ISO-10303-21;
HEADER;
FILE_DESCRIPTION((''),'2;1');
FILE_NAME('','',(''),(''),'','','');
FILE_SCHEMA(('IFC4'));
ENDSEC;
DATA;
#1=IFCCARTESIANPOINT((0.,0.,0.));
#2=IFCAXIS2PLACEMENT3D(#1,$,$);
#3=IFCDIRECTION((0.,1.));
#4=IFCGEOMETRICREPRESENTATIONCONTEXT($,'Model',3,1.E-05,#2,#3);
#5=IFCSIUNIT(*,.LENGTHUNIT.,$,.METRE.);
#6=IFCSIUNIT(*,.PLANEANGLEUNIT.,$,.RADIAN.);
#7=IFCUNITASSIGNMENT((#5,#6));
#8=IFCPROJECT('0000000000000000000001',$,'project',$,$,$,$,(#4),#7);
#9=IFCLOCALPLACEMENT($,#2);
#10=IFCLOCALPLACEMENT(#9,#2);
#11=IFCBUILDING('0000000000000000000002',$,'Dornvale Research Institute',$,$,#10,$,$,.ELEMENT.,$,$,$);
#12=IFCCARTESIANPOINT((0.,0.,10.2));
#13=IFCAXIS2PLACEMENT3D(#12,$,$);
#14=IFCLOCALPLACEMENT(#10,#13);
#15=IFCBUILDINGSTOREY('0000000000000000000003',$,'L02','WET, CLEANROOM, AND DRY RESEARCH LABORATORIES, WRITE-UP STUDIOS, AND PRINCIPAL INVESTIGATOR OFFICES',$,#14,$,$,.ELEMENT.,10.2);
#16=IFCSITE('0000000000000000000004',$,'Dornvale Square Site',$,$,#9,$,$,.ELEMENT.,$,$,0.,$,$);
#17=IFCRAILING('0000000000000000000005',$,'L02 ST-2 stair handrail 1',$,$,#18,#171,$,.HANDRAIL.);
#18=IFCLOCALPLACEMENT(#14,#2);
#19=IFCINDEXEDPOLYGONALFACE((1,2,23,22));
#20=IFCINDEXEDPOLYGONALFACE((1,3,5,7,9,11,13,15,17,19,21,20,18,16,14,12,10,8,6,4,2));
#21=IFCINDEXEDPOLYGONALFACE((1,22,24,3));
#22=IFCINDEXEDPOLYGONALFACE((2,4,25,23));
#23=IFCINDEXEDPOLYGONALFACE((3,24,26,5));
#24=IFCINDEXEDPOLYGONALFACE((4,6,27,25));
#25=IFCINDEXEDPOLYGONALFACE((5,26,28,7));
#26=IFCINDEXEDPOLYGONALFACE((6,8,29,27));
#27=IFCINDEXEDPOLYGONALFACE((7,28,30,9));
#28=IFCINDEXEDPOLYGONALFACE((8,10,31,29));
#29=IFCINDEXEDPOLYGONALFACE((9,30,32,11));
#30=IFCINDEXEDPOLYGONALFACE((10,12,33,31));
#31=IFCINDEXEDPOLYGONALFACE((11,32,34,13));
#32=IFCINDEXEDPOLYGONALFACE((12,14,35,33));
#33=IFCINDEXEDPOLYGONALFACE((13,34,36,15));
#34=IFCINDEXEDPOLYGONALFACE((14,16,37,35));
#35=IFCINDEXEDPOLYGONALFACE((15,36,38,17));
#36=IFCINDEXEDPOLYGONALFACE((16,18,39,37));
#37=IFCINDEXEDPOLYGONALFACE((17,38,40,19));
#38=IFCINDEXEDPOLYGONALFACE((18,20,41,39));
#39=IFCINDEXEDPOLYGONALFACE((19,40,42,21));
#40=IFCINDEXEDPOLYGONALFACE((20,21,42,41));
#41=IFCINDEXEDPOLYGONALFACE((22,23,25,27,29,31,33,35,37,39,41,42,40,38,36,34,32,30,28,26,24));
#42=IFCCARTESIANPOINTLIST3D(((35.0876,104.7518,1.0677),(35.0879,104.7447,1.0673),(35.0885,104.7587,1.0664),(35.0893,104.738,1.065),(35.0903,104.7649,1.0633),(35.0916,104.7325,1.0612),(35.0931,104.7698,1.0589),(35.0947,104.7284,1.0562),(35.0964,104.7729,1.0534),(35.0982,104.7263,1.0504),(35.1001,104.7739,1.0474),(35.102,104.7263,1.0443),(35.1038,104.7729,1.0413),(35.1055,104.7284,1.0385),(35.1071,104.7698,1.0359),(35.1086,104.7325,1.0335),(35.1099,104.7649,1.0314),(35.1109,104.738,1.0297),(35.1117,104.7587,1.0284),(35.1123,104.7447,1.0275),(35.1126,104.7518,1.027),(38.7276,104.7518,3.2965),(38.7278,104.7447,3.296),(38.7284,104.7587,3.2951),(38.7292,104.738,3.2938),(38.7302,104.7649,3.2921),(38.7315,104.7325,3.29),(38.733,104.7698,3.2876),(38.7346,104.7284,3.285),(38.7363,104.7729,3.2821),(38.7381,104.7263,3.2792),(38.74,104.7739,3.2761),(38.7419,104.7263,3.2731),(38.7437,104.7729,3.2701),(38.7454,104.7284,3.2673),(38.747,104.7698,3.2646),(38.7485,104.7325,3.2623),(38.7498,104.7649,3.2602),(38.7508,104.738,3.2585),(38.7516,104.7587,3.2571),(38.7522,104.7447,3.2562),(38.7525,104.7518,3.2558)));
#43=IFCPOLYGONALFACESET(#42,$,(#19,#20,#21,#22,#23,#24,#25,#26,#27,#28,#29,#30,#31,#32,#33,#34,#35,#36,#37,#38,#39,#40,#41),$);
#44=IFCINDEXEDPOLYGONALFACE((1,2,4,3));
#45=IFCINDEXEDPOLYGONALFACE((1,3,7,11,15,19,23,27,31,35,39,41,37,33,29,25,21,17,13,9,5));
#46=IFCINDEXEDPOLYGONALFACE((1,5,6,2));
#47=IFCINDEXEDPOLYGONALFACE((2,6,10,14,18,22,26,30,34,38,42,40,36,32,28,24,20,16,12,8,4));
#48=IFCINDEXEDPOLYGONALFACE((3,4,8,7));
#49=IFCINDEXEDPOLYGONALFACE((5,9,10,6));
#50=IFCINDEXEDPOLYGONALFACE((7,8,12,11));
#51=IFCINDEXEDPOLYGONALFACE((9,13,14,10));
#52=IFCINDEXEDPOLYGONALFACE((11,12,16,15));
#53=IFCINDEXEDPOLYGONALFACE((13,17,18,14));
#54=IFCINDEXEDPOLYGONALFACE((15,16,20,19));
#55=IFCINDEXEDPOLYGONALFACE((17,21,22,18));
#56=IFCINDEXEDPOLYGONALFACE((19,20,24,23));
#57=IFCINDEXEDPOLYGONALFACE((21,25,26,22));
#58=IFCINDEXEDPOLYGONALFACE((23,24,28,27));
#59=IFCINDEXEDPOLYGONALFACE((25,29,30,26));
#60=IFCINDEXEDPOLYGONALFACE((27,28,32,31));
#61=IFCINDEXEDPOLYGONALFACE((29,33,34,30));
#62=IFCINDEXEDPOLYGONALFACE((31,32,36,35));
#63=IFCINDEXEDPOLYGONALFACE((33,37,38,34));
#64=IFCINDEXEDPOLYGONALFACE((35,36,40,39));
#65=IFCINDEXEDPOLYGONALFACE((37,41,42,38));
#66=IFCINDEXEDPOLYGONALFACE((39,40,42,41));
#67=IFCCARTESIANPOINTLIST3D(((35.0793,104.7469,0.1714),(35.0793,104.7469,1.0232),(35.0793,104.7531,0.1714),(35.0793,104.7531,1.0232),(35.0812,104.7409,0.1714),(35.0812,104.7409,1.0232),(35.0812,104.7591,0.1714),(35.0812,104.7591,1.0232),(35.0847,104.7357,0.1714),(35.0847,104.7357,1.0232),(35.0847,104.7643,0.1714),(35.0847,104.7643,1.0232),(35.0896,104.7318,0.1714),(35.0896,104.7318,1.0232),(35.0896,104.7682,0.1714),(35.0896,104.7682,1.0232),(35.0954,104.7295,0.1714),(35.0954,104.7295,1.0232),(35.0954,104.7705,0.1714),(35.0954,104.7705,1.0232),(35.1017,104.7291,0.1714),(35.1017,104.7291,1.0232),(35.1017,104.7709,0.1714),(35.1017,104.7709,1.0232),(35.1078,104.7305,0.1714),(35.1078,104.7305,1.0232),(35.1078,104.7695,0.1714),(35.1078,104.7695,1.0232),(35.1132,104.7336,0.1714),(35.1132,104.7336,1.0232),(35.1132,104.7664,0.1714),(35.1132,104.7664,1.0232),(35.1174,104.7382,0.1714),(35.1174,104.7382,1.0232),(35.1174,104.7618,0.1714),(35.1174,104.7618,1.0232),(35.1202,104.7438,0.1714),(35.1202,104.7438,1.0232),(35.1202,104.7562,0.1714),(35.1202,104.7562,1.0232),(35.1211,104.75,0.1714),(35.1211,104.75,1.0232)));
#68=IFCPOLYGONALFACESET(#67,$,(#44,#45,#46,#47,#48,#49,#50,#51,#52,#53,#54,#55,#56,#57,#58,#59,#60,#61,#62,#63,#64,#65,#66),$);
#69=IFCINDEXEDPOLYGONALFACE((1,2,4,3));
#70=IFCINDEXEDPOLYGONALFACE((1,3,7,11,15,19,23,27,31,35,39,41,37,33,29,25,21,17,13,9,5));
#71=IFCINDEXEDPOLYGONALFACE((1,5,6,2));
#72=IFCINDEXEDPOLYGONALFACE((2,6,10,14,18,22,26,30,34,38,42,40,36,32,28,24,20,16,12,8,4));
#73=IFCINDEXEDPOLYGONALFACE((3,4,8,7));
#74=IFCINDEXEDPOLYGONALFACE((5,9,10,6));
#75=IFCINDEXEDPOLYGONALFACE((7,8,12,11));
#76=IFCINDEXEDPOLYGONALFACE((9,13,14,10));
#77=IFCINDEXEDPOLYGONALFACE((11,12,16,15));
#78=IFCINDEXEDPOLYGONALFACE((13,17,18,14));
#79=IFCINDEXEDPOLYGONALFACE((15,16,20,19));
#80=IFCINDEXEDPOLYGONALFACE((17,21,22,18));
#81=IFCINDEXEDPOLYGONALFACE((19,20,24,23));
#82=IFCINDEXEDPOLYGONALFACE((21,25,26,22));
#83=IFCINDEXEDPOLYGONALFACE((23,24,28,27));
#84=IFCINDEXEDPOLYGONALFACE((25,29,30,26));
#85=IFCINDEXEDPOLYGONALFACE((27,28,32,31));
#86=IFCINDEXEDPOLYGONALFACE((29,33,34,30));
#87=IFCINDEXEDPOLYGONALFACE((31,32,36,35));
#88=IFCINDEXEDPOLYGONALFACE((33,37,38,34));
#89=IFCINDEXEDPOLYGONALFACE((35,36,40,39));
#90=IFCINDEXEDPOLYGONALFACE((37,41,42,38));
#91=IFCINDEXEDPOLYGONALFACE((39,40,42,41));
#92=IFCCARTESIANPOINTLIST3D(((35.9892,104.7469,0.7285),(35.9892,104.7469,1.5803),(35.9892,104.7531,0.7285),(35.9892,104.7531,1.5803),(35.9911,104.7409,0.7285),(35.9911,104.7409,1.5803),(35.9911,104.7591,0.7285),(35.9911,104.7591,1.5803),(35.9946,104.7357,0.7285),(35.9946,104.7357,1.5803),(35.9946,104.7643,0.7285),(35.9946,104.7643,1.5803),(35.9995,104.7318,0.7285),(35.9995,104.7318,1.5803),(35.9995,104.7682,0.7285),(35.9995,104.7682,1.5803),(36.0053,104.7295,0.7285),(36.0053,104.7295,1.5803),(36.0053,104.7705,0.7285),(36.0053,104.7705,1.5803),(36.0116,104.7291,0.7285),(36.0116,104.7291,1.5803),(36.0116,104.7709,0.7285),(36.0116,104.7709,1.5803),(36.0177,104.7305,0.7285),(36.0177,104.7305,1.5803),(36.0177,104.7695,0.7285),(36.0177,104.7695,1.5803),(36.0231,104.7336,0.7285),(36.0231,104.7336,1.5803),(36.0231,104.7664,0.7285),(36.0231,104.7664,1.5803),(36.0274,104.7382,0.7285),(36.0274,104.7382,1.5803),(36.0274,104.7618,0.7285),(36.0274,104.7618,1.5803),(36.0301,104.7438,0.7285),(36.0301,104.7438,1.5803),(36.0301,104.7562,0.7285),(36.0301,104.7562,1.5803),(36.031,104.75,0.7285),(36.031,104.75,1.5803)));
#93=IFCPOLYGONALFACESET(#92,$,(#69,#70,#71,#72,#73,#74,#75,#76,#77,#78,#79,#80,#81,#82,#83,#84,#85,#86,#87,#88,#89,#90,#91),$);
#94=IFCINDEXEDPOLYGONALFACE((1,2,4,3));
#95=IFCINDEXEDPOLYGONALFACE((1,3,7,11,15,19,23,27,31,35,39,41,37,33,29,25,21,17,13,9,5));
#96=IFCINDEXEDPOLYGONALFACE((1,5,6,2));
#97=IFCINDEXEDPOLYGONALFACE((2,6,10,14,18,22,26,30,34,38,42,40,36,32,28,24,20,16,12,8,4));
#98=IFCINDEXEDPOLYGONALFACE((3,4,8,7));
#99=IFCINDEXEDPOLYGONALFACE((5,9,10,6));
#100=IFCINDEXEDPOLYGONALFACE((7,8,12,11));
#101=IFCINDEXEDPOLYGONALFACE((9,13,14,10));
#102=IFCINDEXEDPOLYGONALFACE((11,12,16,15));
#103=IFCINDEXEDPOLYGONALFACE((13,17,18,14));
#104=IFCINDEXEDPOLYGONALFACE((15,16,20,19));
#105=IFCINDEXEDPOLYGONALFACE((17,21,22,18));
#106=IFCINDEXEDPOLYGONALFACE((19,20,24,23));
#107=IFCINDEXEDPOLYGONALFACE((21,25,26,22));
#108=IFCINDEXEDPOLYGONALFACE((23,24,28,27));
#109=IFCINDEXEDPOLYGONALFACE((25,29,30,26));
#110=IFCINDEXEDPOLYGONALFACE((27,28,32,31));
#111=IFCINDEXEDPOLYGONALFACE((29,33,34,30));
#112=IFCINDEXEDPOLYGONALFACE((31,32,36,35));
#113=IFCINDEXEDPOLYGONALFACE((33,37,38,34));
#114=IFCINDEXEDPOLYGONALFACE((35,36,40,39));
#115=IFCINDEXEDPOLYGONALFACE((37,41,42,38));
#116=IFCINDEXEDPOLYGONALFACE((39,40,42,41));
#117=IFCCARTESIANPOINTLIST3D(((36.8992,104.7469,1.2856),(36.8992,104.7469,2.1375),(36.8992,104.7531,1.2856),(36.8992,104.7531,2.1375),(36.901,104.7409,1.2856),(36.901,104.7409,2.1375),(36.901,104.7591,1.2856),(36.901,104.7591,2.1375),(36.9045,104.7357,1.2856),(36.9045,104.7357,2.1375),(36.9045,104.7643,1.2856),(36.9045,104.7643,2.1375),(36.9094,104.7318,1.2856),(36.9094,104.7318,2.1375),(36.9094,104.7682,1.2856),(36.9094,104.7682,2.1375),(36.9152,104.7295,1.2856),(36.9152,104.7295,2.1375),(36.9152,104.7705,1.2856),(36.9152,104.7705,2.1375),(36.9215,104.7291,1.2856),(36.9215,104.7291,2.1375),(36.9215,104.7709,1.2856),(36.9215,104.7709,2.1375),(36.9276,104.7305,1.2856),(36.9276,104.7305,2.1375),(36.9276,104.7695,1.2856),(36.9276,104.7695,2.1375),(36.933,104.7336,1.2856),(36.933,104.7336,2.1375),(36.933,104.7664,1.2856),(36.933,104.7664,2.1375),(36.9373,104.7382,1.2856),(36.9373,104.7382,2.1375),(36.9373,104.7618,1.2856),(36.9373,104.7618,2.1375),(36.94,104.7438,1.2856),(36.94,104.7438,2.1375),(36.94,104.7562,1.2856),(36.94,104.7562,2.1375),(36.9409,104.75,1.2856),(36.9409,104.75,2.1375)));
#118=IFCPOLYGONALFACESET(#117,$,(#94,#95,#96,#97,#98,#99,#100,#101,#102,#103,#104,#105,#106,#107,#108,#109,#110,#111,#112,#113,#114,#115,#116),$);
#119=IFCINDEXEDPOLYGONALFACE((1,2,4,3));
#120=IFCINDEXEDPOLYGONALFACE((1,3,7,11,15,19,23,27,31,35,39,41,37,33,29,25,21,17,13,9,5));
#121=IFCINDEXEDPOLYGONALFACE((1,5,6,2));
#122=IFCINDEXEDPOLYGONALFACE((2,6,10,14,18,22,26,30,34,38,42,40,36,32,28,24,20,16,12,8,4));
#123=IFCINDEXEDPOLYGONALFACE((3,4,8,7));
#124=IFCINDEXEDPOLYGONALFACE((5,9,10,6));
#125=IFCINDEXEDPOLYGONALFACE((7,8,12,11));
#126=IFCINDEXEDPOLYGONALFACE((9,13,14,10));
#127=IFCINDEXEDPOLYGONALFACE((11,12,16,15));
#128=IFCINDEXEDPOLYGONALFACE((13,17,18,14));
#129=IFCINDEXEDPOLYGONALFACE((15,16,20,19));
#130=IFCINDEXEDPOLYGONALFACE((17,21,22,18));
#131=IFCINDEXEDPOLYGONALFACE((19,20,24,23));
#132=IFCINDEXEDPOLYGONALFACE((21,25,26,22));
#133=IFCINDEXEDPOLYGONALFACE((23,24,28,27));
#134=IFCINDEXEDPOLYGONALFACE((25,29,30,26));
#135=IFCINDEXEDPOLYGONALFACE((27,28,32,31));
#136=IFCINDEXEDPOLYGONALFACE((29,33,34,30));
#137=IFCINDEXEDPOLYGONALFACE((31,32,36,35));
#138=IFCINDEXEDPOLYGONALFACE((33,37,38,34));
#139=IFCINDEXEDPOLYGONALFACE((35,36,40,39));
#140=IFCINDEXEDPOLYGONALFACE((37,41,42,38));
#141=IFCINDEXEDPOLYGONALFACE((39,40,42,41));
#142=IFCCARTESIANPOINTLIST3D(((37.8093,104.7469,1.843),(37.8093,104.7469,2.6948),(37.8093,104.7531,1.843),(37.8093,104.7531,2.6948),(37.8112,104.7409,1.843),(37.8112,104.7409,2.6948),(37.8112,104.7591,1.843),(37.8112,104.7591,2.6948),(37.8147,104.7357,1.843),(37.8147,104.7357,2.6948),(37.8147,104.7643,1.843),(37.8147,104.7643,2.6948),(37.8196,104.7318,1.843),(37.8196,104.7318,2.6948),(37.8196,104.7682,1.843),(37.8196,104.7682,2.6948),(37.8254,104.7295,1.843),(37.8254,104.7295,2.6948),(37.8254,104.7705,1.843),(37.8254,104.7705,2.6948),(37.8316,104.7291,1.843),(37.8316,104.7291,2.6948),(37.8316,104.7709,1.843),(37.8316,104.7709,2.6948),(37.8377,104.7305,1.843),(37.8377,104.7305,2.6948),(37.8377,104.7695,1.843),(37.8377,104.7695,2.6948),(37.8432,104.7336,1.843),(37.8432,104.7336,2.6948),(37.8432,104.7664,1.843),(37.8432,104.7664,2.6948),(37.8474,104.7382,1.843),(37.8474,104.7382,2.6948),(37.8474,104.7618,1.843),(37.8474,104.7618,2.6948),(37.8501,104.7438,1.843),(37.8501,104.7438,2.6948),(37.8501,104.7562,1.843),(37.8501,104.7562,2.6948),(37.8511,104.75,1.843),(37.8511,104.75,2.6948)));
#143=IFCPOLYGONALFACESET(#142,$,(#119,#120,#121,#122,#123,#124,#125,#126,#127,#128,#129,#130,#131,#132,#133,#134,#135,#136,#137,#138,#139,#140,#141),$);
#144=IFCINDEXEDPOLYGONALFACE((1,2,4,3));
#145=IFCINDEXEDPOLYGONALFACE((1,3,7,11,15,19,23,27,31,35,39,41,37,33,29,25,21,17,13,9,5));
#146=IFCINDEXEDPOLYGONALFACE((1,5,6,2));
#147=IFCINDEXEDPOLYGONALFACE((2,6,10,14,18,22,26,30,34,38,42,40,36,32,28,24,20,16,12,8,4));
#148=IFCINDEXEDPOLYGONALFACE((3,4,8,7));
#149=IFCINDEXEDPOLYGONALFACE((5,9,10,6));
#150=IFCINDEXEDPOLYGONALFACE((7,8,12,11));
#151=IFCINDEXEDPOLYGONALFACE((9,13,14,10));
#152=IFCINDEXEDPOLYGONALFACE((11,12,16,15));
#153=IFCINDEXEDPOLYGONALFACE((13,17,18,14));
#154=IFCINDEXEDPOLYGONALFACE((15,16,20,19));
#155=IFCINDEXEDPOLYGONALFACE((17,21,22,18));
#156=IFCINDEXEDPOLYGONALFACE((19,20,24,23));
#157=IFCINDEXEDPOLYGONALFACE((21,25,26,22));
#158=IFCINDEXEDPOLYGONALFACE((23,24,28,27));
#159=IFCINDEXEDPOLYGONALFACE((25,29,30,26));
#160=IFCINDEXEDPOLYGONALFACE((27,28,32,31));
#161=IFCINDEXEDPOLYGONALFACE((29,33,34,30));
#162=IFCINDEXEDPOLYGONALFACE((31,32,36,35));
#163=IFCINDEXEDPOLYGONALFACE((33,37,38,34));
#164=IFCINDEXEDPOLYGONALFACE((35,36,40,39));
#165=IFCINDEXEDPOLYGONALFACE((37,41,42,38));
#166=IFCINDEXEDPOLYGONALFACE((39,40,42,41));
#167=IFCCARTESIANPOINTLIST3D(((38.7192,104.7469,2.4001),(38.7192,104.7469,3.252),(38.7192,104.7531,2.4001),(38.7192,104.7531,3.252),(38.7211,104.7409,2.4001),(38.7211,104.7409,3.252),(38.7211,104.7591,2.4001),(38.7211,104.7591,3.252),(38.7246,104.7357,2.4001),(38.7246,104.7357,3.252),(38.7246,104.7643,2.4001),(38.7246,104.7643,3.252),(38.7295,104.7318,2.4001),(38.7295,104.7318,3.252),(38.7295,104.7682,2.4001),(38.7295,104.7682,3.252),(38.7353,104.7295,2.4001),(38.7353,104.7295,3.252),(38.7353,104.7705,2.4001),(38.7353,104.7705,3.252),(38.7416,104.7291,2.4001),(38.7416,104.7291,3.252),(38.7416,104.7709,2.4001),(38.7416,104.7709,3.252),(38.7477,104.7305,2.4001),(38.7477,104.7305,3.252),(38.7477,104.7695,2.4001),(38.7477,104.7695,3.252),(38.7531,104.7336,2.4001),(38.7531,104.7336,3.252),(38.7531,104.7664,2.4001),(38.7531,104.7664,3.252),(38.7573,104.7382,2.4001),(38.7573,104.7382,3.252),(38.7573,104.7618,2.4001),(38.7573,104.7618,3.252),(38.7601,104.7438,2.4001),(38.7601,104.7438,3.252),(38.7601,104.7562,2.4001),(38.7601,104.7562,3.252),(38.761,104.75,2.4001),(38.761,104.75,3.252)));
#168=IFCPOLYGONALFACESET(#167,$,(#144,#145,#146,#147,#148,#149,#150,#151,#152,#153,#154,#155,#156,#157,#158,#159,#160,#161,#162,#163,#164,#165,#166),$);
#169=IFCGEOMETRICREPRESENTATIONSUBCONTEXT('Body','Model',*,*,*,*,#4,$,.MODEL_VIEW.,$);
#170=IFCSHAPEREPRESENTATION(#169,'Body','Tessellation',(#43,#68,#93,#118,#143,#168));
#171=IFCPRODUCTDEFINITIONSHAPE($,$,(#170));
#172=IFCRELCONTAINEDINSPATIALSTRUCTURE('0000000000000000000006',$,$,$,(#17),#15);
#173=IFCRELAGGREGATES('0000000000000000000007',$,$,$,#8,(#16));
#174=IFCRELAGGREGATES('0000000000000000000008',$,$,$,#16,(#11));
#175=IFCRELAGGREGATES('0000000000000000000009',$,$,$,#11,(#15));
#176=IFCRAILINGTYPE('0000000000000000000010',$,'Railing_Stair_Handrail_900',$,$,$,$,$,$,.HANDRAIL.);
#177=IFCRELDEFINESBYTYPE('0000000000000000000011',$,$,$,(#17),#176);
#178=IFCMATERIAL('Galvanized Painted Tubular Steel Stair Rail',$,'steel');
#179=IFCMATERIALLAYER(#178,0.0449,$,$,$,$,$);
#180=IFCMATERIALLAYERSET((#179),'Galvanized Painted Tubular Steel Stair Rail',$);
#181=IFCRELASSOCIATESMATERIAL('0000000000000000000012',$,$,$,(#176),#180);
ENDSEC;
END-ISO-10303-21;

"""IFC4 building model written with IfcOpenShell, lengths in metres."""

from ifc_helpers import new_model, si_unit, direction, frame, origin, origin_2d, place, context, subcontext, project, spatial, circle, extrude, material, layer, layer_set, type_object, element, save


model = new_model("IFC4")

# Units and contexts
model_context = context("Model", 3, precision=1e-05, world=origin(), true_north=direction((0.0, 1.0)))
body_context = subcontext(model_context, "Body", "Model", "MODEL_VIEW")
ifc_project = project(units=[si_unit("LENGTHUNIT", "METRE"), si_unit("PLANEANGLEUNIT", "RADIAN")], contexts=[model_context])

# Site, building, storey
site_placement = place(None, origin())
site = spatial("IfcSite", under=ifc_project, at=site_placement, Name="Dornvale Square Site", CompositionType="ELEMENT", RefElevation=0.0)
building_placement = place(site_placement, origin())
building = spatial("IfcBuilding", under=site, at=building_placement, Name="Dornvale Research Institute", CompositionType="ELEMENT")
storey_placement = place(building_placement, frame((0.0, 0.0, 10.2)))
storey = spatial("IfcBuildingStorey", under=building, at=storey_placement, Name="L02", Description="WET, CLEANROOM, AND DRY RESEARCH LABORATORIES, WRITE-UP STUDIOS, AND PRINCIPAL INVESTIGATOR OFFICES", CompositionType="ELEMENT", Elevation=10.2)

# Railing
ifc_material_1 = material(Name="Galvanized Painted Tubular Steel Stair Rail", Category="steel")
ifc_layer_1 = layer(ifc_material_1, 0.0449)
ifc_layer_set_1 = layer_set([ifc_layer_1], Name="Galvanized Painted Tubular Steel Stair Rail")
railing_type_1 = type_object("IfcRailingType", Name="Railing_Stair_Handrail_900", PredefinedType="HANDRAIL", material=ifc_layer_set_1)
railing_1_placement = place(storey_placement, frame((35.1001, 104.75, 0.1714)))
element("IfcRailing", 1, at=railing_1_placement, inside=storey, type_object=railing_type_1, Name="L02 ST-2 stair handrail 1", PredefinedType="HANDRAIL", context=body_context, shape_type="SweptSolid", body=[
    extrude(circle(Radius=0.0239, at=origin_2d()), frame((0.0, 0.0, 0.876), z_axis=(0.852825, 0.0, 0.522197), x_axis=(0.0, 1.0, 0.0)), (0.0, 0.0, 1.0), 4.2681),
    extrude(circle(Radius=0.021, at=origin_2d()), origin(), (0.0, 0.0, 1.0), 0.8518),
    extrude(circle(Radius=0.021, at=origin_2d()), frame((0.9099, 0.0, 0.5571)), (0.0, 0.0, 1.0), 0.8518),
    extrude(circle(Radius=0.021, at=origin_2d()), frame((1.8198, 0.0, 1.1143)), (0.0, 0.0, 1.0), 0.8518),
    extrude(circle(Radius=0.021, at=origin_2d()), frame((2.73, 0.0, 1.6716)), (0.0, 0.0, 1.0), 0.8518),
    extrude(circle(Radius=0.021, at=origin_2d()), frame((3.6399, 0.0, 2.2288)), (0.0, 0.0, 1.0), 0.8518),
])

save(model, "model.ifc")
